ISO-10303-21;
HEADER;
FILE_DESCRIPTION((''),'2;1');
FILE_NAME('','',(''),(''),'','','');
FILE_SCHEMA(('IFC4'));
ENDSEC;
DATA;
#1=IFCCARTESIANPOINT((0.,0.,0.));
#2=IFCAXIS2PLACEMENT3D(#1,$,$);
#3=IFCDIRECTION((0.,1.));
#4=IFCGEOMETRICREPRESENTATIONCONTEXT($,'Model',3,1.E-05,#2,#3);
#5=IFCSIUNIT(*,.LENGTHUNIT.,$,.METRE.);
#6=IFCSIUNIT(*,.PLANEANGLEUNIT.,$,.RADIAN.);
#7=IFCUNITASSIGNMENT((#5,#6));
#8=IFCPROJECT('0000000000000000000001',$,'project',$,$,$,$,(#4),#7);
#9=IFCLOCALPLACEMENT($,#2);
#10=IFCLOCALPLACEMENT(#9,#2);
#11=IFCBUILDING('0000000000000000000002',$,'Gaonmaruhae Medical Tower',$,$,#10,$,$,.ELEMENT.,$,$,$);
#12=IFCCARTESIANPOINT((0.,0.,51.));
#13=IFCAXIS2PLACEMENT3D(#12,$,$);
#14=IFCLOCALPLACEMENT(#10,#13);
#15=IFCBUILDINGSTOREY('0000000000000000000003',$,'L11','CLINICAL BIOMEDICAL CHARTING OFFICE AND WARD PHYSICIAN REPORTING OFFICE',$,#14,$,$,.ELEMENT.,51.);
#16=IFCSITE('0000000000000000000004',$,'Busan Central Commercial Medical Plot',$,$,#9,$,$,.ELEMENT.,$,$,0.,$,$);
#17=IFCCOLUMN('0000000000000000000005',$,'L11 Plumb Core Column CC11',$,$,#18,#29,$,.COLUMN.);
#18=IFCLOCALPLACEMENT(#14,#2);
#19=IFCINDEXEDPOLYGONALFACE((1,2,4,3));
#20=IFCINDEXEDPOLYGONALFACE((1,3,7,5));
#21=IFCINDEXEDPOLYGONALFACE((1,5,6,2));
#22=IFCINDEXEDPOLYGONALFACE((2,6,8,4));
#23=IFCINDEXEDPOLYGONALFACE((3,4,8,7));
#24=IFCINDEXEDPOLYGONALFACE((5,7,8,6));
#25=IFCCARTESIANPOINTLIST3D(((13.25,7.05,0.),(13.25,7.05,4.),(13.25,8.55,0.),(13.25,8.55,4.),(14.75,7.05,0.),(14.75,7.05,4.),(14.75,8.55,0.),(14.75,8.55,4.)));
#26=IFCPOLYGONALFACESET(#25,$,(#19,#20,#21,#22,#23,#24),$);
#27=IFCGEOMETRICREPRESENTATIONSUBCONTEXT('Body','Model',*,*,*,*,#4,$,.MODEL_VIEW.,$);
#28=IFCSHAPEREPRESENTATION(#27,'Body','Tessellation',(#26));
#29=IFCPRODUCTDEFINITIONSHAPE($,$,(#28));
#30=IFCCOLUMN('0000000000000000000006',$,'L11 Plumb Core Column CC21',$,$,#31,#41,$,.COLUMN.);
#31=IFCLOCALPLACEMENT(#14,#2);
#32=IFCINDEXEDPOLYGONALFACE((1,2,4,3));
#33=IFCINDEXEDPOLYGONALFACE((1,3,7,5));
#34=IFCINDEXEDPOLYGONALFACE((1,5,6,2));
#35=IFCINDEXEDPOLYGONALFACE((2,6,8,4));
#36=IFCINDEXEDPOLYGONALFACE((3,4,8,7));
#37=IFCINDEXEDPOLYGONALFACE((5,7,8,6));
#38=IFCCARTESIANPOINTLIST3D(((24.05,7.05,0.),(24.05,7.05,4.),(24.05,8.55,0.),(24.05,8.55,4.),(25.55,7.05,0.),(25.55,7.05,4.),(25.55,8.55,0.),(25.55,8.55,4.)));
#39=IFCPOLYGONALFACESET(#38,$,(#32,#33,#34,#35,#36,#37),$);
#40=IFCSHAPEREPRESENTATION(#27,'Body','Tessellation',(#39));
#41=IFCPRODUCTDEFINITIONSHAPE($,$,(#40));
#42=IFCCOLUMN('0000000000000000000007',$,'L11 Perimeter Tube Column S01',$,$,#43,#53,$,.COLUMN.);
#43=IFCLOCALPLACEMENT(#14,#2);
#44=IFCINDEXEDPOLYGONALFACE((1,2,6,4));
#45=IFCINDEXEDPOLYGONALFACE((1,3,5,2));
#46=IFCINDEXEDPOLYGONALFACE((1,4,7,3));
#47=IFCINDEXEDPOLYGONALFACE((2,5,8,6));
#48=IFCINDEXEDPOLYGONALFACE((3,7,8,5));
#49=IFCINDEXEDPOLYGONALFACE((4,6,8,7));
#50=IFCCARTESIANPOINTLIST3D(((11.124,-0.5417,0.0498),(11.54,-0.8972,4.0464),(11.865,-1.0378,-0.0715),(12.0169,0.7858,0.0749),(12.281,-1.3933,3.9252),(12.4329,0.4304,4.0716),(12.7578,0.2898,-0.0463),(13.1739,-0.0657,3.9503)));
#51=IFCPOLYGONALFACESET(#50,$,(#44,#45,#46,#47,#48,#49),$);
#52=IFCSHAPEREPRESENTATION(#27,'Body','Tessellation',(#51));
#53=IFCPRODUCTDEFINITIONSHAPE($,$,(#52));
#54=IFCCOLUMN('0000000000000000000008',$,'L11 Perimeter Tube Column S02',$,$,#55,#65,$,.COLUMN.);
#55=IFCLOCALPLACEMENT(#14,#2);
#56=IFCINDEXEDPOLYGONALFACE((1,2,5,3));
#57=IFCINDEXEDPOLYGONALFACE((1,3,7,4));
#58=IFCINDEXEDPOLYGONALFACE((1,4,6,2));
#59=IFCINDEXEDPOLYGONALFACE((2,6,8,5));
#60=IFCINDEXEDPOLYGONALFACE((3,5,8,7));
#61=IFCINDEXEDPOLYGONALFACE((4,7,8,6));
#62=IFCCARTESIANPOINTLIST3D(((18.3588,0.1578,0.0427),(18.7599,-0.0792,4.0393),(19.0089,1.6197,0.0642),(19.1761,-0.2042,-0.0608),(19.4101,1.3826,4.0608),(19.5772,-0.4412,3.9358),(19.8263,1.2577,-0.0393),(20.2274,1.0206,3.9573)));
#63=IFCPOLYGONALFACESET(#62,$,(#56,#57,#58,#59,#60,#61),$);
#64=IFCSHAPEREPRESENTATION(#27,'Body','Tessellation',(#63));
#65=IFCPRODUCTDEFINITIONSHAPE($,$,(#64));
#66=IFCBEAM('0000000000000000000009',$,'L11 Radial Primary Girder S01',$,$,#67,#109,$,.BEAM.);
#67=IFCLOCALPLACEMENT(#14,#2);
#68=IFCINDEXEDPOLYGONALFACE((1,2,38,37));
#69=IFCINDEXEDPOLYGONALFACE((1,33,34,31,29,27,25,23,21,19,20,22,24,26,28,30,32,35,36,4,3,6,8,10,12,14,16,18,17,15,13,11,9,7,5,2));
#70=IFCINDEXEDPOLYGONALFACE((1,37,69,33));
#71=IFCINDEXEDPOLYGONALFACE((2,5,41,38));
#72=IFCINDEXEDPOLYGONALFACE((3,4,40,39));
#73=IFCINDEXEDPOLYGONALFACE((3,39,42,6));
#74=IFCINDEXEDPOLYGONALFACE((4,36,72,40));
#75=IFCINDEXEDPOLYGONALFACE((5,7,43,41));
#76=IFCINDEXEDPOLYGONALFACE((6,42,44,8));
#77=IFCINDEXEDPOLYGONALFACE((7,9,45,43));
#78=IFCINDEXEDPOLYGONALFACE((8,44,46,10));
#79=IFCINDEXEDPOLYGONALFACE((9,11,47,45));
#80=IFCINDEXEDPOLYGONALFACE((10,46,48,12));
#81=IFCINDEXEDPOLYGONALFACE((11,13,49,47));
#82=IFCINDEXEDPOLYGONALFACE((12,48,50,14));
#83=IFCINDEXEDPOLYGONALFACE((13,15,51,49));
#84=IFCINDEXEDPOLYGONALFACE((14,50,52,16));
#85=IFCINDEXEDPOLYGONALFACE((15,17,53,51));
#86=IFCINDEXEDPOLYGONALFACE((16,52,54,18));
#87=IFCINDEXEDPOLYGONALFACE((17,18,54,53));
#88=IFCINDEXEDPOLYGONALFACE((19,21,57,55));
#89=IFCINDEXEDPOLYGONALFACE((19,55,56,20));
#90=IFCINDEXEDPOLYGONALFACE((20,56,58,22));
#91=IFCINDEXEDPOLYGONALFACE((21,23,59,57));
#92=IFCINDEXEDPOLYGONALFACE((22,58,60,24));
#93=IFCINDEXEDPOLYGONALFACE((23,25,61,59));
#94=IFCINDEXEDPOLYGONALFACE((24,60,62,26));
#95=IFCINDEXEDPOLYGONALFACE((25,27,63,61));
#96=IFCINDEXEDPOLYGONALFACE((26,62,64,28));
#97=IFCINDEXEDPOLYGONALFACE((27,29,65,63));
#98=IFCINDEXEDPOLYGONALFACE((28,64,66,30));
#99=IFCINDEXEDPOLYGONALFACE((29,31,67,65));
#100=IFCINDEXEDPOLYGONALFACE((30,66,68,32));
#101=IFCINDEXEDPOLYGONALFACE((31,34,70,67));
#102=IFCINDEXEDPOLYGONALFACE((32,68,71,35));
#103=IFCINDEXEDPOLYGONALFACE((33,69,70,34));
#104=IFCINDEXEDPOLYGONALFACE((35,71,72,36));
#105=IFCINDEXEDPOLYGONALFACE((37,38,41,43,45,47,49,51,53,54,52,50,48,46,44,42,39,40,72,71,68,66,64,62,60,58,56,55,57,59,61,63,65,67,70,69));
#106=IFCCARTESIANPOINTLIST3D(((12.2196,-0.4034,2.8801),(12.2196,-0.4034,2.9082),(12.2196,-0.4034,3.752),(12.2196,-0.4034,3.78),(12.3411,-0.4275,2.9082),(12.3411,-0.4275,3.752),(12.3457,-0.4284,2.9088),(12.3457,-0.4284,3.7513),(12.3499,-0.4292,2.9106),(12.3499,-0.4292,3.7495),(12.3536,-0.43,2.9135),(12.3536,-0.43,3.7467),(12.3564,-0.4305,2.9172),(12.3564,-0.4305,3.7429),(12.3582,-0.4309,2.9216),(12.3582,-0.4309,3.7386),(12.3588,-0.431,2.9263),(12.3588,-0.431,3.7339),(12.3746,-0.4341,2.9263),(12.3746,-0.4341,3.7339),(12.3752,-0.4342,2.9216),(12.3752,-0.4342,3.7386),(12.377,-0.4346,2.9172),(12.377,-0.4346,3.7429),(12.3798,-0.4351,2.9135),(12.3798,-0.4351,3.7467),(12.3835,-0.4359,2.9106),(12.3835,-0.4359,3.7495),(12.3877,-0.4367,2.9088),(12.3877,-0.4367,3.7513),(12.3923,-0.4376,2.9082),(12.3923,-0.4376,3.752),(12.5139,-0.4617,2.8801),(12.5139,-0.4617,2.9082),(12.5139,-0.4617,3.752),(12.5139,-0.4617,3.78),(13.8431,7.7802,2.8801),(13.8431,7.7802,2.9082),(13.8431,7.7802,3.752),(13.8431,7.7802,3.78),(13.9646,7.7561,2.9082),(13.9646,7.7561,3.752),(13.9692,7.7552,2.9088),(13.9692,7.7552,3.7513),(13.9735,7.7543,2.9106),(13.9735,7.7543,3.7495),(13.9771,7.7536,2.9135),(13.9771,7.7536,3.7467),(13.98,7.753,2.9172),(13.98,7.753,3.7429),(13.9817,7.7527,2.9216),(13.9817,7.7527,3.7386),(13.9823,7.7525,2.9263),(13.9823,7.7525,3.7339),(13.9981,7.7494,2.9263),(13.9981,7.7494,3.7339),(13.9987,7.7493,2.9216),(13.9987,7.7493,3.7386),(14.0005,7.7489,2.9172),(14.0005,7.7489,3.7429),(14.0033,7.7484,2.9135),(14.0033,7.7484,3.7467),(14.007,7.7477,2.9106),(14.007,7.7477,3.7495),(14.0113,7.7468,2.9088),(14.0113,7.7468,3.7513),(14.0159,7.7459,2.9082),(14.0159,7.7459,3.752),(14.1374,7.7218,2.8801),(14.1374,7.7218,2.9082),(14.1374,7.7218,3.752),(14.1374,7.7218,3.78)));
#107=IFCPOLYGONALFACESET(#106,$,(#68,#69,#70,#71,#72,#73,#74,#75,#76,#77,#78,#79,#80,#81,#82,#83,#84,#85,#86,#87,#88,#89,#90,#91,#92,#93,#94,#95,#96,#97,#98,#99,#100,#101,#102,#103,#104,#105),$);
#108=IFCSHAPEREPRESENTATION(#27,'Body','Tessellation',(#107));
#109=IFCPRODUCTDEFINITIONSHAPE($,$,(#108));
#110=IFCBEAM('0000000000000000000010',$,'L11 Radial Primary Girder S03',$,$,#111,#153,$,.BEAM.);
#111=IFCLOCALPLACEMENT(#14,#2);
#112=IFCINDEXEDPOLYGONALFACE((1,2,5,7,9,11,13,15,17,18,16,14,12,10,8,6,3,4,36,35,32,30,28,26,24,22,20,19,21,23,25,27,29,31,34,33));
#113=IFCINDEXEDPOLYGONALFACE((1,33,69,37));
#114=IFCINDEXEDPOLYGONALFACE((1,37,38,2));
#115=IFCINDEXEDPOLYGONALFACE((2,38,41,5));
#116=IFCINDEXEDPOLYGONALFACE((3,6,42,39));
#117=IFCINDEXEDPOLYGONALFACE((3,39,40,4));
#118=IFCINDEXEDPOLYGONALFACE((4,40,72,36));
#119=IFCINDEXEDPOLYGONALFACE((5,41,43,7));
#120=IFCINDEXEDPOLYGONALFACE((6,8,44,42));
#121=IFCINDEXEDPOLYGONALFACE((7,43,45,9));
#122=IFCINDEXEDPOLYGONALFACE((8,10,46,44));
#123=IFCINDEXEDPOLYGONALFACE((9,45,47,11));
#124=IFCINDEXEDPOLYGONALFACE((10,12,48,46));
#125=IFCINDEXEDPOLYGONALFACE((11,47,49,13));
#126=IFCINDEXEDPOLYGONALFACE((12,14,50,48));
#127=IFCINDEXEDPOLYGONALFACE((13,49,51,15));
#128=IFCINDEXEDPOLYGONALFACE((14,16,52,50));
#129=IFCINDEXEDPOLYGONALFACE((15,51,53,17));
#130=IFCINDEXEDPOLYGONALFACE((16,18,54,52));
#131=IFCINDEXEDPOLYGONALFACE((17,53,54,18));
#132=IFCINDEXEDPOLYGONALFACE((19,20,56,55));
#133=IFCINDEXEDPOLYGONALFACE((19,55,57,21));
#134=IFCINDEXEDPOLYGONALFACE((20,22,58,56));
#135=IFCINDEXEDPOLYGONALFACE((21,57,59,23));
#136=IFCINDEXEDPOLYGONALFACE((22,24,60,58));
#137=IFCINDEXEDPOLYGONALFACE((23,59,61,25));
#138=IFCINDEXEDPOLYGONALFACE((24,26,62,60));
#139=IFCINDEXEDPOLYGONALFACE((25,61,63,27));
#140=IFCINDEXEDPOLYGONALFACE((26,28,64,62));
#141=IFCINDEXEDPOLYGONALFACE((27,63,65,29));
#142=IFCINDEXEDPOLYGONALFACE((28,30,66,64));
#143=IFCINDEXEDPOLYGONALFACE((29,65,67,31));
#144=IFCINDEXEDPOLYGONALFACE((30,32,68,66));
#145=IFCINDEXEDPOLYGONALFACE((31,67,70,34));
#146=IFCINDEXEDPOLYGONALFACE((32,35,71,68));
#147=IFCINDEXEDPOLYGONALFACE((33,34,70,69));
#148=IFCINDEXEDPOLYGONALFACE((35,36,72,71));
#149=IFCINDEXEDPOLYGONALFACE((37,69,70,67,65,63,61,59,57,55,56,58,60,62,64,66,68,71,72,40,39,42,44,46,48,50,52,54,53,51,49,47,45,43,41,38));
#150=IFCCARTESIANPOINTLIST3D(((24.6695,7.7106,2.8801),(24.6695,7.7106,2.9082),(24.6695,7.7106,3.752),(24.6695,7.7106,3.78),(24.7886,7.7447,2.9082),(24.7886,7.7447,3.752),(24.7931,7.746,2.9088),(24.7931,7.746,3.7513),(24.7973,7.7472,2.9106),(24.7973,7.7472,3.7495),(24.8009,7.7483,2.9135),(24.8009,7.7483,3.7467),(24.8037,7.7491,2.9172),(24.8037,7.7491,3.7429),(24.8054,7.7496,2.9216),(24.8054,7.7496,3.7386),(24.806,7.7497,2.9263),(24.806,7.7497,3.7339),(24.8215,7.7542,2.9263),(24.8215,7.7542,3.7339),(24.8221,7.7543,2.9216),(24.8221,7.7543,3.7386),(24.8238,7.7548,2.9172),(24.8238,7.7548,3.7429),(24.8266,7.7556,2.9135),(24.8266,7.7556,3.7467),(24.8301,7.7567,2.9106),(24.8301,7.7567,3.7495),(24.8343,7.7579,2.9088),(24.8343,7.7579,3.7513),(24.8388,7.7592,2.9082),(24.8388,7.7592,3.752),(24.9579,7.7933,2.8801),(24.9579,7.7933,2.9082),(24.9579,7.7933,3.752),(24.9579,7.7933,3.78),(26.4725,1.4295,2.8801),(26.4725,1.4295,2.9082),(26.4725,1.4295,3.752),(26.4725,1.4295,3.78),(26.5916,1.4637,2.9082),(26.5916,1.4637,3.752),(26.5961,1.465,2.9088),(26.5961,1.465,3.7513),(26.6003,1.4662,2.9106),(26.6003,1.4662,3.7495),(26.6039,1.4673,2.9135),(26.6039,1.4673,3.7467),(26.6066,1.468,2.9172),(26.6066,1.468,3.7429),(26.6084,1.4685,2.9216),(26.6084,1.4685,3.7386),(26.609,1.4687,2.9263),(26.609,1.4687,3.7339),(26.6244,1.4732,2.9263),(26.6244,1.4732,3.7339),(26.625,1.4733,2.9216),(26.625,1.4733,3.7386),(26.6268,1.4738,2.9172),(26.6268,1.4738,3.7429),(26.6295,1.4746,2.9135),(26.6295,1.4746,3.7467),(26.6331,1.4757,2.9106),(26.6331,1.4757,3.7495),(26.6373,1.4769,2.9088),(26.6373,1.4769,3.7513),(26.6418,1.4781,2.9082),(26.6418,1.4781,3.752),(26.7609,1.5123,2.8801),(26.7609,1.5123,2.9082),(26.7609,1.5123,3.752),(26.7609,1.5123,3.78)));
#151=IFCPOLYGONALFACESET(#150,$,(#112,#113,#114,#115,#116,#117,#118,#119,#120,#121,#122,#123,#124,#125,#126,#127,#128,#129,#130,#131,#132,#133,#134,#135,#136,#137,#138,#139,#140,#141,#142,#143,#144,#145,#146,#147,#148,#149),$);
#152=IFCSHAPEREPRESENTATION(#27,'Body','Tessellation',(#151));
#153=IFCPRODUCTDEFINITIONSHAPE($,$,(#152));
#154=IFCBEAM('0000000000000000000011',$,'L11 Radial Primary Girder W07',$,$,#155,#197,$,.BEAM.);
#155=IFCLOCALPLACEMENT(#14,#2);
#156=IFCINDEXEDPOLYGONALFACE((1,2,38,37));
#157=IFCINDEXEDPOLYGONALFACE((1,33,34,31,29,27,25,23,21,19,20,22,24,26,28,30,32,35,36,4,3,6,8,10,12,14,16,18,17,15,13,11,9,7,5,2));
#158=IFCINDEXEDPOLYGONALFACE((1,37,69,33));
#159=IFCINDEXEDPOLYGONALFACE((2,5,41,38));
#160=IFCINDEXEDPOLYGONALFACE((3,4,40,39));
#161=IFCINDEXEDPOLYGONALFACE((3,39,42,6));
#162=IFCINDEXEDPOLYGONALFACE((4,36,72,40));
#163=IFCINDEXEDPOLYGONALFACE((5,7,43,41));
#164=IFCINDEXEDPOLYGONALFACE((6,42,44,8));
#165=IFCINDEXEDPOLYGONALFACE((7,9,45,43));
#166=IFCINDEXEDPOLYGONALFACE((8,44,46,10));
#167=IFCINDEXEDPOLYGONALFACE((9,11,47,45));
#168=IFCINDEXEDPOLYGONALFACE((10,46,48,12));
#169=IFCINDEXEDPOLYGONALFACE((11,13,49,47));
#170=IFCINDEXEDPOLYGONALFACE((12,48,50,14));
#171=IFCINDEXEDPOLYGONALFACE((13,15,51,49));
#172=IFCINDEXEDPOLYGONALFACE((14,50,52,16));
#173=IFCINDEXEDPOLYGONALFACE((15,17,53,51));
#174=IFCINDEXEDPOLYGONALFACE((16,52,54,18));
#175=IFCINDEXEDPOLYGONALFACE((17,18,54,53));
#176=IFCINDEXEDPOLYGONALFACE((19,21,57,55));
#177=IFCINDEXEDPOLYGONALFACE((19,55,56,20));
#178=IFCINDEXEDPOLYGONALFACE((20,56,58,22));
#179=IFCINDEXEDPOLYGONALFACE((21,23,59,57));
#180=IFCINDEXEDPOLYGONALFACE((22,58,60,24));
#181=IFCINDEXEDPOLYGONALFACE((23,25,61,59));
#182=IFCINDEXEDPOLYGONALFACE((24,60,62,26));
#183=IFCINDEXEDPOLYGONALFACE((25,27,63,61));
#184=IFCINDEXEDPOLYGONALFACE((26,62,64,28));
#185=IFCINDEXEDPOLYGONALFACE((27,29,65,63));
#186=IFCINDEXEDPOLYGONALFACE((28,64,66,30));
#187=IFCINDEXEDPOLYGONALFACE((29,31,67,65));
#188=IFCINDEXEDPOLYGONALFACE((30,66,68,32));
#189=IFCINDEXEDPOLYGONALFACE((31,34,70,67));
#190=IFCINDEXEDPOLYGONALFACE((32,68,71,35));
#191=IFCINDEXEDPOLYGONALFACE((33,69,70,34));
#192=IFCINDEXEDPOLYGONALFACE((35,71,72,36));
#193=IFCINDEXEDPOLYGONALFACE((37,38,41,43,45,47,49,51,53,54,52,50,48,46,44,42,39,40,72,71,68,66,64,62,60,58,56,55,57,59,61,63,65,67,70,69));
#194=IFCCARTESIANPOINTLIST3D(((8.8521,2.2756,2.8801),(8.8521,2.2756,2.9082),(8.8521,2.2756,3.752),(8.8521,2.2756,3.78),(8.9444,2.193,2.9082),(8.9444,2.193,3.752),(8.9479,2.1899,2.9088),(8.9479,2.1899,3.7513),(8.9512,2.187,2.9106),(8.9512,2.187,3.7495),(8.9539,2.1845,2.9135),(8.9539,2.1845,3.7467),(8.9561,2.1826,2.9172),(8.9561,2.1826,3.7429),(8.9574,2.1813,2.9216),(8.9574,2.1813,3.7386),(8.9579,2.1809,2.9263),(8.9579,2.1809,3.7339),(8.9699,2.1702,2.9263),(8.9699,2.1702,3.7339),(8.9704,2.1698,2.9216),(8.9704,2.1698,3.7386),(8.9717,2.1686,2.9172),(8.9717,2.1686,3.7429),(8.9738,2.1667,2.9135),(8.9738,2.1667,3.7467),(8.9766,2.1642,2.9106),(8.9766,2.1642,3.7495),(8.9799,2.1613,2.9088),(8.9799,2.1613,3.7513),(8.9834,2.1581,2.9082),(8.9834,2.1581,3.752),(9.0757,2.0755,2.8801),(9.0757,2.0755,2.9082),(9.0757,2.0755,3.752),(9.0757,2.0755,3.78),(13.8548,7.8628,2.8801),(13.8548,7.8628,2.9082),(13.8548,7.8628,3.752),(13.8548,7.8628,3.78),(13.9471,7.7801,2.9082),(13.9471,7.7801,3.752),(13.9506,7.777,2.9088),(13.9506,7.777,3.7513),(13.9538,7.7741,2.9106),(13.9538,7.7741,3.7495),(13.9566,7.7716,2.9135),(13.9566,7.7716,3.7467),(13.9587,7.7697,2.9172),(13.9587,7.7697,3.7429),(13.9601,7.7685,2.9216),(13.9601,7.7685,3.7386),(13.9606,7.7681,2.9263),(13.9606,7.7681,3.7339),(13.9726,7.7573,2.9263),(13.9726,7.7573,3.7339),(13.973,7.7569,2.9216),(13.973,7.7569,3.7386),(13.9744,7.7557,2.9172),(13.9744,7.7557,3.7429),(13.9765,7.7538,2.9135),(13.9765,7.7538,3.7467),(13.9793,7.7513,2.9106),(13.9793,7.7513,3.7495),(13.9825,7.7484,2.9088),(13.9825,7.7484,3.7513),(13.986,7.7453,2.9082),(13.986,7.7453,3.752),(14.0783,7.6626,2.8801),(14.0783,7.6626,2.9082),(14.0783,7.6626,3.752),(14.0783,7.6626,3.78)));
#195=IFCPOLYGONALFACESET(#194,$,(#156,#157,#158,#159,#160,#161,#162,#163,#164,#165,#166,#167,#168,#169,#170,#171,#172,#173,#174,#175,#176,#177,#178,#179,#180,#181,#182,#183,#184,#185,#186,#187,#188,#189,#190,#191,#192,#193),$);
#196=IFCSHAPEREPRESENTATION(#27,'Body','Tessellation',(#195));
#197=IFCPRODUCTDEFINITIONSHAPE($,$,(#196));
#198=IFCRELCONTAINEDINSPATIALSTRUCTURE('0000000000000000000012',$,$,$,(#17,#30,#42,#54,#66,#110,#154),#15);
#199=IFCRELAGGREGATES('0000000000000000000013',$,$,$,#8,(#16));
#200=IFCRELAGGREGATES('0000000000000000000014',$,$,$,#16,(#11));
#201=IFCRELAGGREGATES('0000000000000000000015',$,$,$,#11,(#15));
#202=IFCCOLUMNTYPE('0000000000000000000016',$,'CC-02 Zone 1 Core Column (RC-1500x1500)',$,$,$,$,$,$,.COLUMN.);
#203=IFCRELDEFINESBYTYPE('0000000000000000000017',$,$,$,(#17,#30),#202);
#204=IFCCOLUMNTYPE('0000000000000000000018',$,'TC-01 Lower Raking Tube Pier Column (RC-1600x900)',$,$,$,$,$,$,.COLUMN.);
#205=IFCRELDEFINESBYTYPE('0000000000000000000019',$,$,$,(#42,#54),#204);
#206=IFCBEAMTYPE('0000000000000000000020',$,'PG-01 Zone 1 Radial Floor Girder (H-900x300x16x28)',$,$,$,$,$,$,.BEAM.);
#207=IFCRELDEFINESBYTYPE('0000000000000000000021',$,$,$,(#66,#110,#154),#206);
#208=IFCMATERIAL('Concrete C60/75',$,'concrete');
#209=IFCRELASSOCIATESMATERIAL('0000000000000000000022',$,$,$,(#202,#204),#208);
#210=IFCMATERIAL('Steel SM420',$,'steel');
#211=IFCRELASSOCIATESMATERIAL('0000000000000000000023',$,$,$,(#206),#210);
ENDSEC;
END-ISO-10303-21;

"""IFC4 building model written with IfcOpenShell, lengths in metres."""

from ifc_helpers import new_model, si_unit, direction, frame, origin, origin_2d, place, context, subcontext, project, spatial, rectangle, i_section, extrude, material, material_profile, profile_set, type_object, element, save


model = new_model("IFC4")

# Units and contexts
model_context = context("Model", 3, precision=1e-05, world=origin(), true_north=direction((0.0, 1.0)))
body_context = subcontext(model_context, "Body", "Model", "MODEL_VIEW")
ifc_project = project(units=[si_unit("LENGTHUNIT", "METRE"), si_unit("PLANEANGLEUNIT", "RADIAN")], contexts=[model_context])

# Site, building, storey
site_placement = place(None, origin())
site = spatial("IfcSite", under=ifc_project, at=site_placement, Name="Busan Central Commercial Medical Plot", CompositionType="ELEMENT", RefElevation=0.0)
building_placement = place(site_placement, origin())
building = spatial("IfcBuilding", under=site, at=building_placement, Name="Gaonmaruhae Medical Tower", CompositionType="ELEMENT")
storey_placement = place(building_placement, frame((0.0, 0.0, 51.0)))
storey = spatial("IfcBuildingStorey", under=building, at=storey_placement, Name="L11", Description="CLINICAL BIOMEDICAL CHARTING OFFICE AND WARD PHYSICIAN REPORTING OFFICE", CompositionType="ELEMENT", Elevation=51.0)

# Columns
ifc_material_1 = material(Name="Concrete C60/75", Category="concrete")
ifc_material_profile_1 = material_profile(ifc_material_1, rectangle(XDim=1.5, YDim=1.5, at=origin_2d()), Name="RC-1500x1500")
ifc_profile_set_1 = profile_set([ifc_material_profile_1], Name="Concrete C60/75")
column_type_1 = type_object("IfcColumnType", Name="CC-02 Zone 1 Core Column (RC-1500x1500)", PredefinedType="COLUMN", material=ifc_profile_set_1)
for number, where, z_axis, x_axis, name in (
    (1, (14.0, 7.8, 0.0), (0.0, 0.0, 1.0), (1.0, 0.0, 0.0), "L11 Plumb Core Column CC11"),
    (2, (24.8, 7.8, 0.0), (0.0, 0.0, 1.0), (1.0, 0.0, 0.0), "L11 Plumb Core Column CC21"),
):
    element("IfcColumn", number, at=place(storey_placement, frame(where, z_axis=z_axis, x_axis=x_axis)), inside=storey, type_object=column_type_1, Name=name, PredefinedType="COLUMN", context=body_context, shape_type="SweptSolid", body=[
        extrude(rectangle(XDim=1.5, YDim=1.5, at=origin_2d()), origin(), (0.0, 0.0, 1.0), 4.0),
    ])
ifc_material_profile_2 = material_profile(ifc_material_1, rectangle(XDim=1.6001, YDim=0.8999, at=origin_2d()), Name="RC-1600x900")
ifc_profile_set_2 = profile_set([ifc_material_profile_2], Name="Concrete C60/75")
column_type_2 = type_object("IfcColumnType", Name="TC-01 Lower Raking Tube Pier Column (RC-1600x900)", PredefinedType="COLUMN", material=ifc_profile_set_2)
column_1_placement = place(storey_placement, frame((11.9409, -0.126, 0.0017), z_axis=(0.103131, -0.088121, 0.990757), x_axis=(0.558017, 0.829681, 0.015709)))
element("IfcColumn", 3, at=column_1_placement, inside=storey, type_object=column_type_2, Name="L11 Perimeter Tube Column S01", PredefinedType="COLUMN", context=body_context, shape_type="SweptSolid", body=[
    extrude(rectangle(XDim=1.6001, YDim=0.8999, at=origin_2d()), origin(), (0.0, 0.0, 1.0), 4.0339),
])
column_2_placement = place(storey_placement, frame((19.0925, 0.7078, 0.0017), z_axis=(0.099691, -0.058917, 0.993273), x_axis=(0.406335, 0.913626, 0.01341)))
element("IfcColumn", 4, at=column_2_placement, inside=storey, type_object=column_type_2, Name="L11 Perimeter Tube Column S02", PredefinedType="COLUMN", context=body_context, shape_type="SweptSolid", body=[
    extrude(rectangle(XDim=1.6001, YDim=0.8999, at=origin_2d()), origin(), (0.0, 0.0, 1.0), 4.0237),
])

# Beams
ifc_material_2 = material(Name="Steel SM420", Category="steel")
ifc_material_profile_3 = material_profile(ifc_material_2, i_section(OverallWidth=0.3, OverallDepth=0.8999, WebThickness=0.0161, FlangeThickness=0.0281, FilletRadius=0.0181, at=origin_2d()), Name="H-900x300x16x28")
ifc_profile_set_3 = profile_set([ifc_material_profile_3], Name="Steel SM420")
beam_type_1 = type_object("IfcBeamType", Name="PG-01 Zone 1 Radial Floor Girder (H-900x300x16x28)", PredefinedType="BEAM", material=ifc_profile_set_3)
beam_1_placement = place(storey_placement, frame((13.9902, 7.751, 3.3301), z_axis=(-0.194596, -0.980883, 0.0), x_axis=(0.980883, -0.194596, 0.0)))
element("IfcBeam", 5, at=beam_1_placement, inside=storey, type_object=beam_type_1, Name="L11 Radial Primary Girder S01", PredefinedType="BEAM", context=body_context, shape_type="SweptSolid", body=[
    extrude(i_section(OverallWidth=0.3, OverallDepth=0.8999, WebThickness=0.0161, FlangeThickness=0.0281, FilletRadius=0.0181, at=origin_2d()), origin(), (0.0, 0.0, 1.0), 8.343),
])
beam_2_placement = place(storey_placement, frame((24.8137, 7.752, 3.3301), z_axis=(0.27591, -0.961183, 0.0), x_axis=(0.961183, 0.27591, 0.0)))
element("IfcBeam", 6, at=beam_2_placement, inside=storey, type_object=beam_type_1, Name="L11 Radial Primary Girder S03", PredefinedType="BEAM", context=body_context, shape_type="SweptSolid", body=[
    extrude(i_section(OverallWidth=0.3, OverallDepth=0.8999, WebThickness=0.0161, FlangeThickness=0.0281, FilletRadius=0.0181, at=origin_2d()), origin(), (0.0, 0.0, 1.0), 6.5347),
])
beam_3_placement = place(storey_placement, frame((13.9666, 7.7627, 3.3301), z_axis=(-0.667065, -0.744999, 0.0), x_axis=(0.744999, -0.667065, 0.0)))
element("IfcBeam", 7, at=beam_3_placement, inside=storey, type_object=beam_type_1, Name="L11 Radial Primary Girder W07", PredefinedType="BEAM", context=body_context, shape_type="SweptSolid", body=[
    extrude(i_section(OverallWidth=0.3, OverallDepth=0.8999, WebThickness=0.0161, FlangeThickness=0.0281, FilletRadius=0.0181, at=origin_2d()), origin(), (0.0, 0.0, 1.0), 7.4995),
])

save(model, "model.ifc")
